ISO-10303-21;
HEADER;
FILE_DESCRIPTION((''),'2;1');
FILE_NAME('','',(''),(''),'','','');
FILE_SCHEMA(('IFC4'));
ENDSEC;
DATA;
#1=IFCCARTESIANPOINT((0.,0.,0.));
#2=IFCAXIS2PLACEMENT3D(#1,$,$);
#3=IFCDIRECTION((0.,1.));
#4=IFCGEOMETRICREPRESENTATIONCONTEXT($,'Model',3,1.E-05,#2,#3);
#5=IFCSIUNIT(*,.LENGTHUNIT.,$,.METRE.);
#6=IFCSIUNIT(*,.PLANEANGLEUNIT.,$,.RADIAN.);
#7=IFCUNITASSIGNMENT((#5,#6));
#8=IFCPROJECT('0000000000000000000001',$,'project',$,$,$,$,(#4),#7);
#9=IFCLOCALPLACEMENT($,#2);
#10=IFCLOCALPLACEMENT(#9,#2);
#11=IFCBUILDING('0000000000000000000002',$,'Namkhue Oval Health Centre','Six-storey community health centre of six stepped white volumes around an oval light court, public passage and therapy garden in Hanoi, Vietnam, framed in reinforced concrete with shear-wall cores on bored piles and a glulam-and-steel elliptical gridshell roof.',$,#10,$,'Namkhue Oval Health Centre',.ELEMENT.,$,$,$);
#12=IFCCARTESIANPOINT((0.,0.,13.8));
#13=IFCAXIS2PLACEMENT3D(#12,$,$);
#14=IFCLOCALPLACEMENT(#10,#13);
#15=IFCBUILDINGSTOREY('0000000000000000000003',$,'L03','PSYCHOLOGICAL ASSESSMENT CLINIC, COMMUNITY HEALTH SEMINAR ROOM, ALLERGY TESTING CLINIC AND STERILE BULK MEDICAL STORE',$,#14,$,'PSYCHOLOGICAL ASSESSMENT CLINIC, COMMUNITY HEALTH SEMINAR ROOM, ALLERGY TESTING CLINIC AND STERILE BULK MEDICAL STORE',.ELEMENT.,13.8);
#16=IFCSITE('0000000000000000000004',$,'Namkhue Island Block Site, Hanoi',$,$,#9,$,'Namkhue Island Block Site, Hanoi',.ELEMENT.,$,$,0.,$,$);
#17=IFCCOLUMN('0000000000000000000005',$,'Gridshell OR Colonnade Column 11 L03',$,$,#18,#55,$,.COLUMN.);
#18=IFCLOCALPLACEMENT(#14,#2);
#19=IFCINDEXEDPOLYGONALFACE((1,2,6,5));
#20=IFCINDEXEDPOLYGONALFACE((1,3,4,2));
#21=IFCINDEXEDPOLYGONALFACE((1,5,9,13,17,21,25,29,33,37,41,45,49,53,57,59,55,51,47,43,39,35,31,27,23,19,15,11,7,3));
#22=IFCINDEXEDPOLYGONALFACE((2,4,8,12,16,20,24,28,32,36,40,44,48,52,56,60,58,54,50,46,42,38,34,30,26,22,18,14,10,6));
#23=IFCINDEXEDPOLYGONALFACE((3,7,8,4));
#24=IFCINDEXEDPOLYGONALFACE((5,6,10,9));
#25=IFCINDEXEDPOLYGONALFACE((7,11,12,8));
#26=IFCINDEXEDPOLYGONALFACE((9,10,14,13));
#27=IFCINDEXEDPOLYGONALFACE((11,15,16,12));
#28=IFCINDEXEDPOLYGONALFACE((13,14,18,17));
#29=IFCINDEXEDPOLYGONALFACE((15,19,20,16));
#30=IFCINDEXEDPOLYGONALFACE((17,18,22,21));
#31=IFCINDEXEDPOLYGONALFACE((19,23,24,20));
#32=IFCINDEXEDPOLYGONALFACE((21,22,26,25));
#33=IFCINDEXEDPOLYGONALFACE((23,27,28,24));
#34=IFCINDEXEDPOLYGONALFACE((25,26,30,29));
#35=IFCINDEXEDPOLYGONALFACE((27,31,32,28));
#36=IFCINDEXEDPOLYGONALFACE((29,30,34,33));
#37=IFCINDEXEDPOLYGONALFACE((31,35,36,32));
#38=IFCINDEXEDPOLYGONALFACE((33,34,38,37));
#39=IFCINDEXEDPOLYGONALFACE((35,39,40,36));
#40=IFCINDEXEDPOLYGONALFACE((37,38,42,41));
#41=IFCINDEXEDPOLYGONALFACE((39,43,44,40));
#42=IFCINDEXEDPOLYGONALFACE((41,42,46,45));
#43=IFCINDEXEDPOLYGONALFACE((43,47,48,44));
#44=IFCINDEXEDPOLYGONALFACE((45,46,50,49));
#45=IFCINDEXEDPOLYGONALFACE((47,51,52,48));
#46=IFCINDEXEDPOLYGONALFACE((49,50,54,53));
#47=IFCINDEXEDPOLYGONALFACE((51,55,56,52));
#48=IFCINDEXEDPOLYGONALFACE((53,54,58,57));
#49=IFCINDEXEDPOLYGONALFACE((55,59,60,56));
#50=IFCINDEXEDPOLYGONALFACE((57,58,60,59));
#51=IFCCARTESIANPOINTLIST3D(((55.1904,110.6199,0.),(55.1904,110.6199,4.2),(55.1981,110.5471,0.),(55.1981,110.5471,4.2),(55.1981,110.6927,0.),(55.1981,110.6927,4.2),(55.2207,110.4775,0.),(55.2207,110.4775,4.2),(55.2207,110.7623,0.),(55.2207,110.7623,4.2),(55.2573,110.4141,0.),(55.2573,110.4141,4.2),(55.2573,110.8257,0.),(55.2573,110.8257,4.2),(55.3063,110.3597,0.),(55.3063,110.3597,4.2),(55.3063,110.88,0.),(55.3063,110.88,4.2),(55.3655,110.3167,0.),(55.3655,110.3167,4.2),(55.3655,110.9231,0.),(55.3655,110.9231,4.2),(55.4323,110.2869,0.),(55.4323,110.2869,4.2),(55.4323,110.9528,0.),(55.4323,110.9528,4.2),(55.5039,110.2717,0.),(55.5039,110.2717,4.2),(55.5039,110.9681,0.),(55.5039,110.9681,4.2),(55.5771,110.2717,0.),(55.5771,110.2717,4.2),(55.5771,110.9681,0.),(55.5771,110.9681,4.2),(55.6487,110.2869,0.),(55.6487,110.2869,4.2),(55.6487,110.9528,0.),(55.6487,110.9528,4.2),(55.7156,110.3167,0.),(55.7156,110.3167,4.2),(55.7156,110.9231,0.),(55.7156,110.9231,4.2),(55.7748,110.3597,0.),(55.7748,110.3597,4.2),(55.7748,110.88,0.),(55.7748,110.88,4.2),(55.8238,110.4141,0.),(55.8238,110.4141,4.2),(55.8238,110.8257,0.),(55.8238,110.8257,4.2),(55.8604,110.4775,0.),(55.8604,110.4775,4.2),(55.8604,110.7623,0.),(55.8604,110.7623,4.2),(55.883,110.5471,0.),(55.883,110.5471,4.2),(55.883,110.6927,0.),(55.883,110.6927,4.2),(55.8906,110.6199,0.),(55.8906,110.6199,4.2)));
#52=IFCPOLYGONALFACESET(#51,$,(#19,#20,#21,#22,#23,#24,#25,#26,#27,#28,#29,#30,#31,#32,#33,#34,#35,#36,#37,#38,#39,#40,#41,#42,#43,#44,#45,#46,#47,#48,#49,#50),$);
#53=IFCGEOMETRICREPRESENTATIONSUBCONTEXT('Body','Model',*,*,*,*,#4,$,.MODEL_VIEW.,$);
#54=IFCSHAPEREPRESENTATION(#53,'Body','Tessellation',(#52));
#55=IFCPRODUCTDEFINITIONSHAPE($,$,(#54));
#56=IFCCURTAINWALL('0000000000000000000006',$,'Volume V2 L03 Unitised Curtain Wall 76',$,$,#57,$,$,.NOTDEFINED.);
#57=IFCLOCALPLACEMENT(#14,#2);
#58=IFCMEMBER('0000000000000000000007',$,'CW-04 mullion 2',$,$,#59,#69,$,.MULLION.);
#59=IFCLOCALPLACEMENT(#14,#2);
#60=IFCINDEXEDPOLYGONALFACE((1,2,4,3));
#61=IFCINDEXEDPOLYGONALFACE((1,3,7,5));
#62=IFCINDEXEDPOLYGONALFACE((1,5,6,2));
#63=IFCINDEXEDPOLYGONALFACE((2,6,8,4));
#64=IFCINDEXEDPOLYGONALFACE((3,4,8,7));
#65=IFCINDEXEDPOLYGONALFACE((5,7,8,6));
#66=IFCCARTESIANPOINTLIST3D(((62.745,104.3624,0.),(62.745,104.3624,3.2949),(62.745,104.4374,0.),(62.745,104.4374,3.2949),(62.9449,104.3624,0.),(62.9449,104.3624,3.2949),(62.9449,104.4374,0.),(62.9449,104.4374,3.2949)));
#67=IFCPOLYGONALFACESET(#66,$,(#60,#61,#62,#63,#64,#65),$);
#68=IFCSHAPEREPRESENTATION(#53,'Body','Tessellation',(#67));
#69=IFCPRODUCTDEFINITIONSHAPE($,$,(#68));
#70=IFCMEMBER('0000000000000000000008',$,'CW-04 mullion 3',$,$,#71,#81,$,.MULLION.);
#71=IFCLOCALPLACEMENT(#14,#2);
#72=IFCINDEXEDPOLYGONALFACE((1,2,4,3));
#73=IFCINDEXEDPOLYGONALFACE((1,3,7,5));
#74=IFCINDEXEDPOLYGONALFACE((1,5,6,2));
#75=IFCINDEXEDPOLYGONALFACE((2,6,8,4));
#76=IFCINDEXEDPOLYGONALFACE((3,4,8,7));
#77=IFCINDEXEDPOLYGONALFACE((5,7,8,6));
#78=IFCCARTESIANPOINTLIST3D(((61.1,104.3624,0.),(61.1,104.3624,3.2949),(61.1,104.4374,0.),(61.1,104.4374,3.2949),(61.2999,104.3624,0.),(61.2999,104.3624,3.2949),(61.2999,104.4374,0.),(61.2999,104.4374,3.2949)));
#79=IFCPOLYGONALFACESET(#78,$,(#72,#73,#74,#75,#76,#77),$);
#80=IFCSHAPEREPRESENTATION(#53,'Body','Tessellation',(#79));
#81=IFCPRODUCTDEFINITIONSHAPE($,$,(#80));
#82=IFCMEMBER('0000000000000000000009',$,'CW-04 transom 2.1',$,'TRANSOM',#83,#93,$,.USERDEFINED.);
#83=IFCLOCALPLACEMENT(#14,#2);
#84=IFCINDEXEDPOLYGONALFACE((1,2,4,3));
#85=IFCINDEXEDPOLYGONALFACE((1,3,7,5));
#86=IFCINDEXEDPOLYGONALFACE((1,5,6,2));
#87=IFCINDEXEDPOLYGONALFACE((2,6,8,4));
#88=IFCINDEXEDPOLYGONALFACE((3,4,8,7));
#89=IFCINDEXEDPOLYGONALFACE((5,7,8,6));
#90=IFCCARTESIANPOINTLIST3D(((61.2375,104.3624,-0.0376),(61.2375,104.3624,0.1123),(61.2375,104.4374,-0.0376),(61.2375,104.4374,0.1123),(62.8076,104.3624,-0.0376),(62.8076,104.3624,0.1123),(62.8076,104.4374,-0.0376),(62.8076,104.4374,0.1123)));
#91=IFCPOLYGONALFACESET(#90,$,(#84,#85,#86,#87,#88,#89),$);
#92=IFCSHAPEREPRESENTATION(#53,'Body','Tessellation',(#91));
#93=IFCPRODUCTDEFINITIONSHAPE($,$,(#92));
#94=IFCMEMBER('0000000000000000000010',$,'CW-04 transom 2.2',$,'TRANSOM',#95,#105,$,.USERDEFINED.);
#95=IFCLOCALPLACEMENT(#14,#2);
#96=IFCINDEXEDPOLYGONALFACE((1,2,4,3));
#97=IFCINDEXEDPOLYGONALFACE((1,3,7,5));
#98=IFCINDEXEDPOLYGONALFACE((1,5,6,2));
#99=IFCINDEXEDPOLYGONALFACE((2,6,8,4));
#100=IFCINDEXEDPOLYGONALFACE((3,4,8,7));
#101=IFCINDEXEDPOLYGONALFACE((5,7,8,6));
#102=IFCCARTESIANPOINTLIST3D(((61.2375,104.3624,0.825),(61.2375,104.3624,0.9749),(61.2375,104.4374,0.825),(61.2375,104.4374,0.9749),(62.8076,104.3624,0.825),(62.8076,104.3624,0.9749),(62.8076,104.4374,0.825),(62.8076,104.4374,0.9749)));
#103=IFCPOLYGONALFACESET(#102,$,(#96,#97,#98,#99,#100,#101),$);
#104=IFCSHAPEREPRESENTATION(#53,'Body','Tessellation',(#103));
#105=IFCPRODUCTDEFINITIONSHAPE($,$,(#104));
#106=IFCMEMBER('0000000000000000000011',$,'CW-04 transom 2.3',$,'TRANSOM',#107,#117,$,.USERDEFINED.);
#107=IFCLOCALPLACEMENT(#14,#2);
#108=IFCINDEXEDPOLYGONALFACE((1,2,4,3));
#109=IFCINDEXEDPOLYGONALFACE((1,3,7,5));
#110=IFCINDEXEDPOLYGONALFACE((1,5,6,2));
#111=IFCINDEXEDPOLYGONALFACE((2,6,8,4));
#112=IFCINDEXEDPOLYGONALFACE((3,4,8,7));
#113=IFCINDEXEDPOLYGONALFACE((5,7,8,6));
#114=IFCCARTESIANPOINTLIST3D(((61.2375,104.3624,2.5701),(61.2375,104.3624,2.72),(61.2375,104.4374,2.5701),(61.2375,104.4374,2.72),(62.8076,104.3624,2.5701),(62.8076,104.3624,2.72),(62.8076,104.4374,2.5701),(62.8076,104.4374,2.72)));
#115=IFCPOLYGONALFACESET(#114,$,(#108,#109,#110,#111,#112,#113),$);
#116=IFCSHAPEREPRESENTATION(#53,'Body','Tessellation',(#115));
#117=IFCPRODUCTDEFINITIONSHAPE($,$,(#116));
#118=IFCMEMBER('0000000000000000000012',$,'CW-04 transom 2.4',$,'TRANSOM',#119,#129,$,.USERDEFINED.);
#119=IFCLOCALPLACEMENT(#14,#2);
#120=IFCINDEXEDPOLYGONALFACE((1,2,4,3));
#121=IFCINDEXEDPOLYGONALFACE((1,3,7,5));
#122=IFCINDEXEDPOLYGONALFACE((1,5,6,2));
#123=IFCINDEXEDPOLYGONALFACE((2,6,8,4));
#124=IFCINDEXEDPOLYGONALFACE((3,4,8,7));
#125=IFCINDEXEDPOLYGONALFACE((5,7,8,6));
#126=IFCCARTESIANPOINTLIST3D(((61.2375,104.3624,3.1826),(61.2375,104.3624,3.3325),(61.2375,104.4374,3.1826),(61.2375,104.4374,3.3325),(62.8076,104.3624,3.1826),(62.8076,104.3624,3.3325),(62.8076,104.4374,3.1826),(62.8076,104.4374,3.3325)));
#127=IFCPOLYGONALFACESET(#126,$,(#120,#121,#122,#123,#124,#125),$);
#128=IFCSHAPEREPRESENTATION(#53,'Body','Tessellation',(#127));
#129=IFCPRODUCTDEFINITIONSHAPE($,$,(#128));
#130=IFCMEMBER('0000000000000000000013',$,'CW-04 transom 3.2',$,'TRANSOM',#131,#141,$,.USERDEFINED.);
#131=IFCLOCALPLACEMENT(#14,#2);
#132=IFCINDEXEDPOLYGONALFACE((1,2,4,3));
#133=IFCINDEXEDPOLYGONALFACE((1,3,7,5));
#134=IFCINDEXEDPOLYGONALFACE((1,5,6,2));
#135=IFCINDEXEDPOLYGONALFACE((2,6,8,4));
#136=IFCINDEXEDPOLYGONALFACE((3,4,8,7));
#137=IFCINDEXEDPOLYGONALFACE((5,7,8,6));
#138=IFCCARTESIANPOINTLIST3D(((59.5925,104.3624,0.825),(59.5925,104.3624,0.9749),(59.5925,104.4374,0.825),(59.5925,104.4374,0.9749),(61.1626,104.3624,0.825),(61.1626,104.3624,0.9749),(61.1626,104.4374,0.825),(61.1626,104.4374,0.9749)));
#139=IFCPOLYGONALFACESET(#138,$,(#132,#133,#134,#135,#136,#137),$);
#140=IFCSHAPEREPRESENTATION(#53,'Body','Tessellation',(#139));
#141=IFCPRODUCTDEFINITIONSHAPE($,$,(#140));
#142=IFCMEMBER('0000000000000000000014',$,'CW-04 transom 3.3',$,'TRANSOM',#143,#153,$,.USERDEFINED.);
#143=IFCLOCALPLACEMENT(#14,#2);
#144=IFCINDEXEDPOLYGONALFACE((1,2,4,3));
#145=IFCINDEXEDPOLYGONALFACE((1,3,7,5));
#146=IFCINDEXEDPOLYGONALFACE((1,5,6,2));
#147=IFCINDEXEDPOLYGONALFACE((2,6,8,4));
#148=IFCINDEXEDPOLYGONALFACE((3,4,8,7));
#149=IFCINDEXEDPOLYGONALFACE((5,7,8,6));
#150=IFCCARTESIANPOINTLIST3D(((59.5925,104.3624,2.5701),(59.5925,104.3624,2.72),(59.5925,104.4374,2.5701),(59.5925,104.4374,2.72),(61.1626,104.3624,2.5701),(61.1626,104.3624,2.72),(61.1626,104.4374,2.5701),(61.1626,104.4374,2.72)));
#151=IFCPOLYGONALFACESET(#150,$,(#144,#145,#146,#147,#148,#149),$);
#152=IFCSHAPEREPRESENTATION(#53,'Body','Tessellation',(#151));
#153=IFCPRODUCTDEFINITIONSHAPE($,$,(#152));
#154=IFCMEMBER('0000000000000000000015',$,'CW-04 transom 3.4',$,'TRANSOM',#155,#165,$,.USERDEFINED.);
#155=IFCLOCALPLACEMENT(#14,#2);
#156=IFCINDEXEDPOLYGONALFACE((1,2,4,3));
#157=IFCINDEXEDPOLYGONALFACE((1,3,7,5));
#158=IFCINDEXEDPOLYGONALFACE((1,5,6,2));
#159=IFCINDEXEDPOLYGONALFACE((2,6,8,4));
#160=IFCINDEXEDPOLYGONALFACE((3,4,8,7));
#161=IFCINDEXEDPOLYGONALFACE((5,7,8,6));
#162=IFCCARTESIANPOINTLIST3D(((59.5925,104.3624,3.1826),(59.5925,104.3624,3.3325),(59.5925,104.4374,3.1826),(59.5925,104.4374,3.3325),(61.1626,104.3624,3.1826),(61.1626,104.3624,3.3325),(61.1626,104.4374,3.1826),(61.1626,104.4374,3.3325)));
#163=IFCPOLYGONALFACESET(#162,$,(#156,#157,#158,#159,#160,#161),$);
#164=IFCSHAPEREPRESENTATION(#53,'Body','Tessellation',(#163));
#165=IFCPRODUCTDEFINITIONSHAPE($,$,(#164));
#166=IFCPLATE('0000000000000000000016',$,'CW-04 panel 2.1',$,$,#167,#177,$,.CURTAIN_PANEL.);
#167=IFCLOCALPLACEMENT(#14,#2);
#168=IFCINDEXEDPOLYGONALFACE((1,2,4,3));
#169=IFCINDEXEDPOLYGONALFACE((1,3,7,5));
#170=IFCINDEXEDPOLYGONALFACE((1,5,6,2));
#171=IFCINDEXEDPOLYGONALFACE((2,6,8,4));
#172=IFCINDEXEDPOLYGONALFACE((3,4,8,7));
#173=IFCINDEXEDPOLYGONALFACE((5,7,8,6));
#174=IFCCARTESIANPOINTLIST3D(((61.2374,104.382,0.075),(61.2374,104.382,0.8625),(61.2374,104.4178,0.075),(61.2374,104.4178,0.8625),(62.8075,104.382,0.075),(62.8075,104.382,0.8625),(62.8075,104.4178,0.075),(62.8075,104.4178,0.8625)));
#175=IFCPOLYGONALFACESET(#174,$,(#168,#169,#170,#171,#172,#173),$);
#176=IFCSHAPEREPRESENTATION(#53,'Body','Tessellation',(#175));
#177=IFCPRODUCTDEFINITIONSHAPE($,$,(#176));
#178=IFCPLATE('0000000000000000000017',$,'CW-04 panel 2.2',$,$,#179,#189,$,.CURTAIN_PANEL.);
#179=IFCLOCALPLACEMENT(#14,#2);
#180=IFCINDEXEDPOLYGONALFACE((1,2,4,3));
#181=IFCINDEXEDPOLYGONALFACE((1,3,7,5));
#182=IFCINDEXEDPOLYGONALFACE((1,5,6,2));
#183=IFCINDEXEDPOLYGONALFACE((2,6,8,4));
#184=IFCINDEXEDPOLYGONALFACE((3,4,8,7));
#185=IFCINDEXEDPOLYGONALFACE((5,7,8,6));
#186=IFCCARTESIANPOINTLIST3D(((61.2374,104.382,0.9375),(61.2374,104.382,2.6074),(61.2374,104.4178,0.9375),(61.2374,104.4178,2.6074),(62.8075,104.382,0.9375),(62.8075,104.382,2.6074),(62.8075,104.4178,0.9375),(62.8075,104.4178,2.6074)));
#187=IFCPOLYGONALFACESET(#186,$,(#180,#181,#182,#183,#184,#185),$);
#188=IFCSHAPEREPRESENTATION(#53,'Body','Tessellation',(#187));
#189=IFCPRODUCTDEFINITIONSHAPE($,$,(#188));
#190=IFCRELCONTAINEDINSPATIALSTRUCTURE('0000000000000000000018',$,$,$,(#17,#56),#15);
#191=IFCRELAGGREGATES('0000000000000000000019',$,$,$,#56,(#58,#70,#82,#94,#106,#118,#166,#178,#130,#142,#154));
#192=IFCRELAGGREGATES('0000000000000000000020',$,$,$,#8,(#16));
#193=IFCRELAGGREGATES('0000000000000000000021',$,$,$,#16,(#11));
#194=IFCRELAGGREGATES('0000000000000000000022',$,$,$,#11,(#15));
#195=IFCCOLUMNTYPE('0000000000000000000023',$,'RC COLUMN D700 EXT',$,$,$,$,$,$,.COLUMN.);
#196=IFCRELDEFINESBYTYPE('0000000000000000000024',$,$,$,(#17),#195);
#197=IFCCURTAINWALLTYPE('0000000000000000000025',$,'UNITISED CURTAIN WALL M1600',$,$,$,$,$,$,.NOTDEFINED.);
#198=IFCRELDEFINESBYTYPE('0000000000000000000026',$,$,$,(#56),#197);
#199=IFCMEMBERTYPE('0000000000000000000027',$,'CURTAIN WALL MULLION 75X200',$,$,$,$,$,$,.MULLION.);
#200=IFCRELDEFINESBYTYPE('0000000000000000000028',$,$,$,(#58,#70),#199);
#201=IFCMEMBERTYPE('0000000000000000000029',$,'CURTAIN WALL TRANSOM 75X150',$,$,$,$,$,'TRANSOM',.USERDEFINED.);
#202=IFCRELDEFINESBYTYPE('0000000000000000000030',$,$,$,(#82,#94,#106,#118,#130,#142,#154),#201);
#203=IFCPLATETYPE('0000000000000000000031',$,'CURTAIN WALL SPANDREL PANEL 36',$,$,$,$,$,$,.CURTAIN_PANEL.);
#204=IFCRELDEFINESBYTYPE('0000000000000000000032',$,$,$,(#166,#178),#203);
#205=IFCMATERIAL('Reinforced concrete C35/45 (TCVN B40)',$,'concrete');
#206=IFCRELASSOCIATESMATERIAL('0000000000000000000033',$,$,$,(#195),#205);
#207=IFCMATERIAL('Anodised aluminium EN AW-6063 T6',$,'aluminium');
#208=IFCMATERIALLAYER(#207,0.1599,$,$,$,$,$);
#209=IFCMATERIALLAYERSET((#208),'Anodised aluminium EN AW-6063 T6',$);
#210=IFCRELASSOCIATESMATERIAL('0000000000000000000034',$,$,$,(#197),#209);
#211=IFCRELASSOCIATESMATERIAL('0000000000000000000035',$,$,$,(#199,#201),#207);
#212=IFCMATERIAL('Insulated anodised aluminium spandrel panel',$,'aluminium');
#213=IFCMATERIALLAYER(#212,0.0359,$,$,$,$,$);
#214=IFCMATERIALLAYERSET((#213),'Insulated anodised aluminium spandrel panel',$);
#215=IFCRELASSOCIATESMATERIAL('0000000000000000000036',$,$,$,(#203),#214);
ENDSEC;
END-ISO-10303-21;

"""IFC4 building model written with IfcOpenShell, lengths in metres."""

from ifc_helpers import new_model, si_unit, direction, frame, origin, origin_2d, place, context, subcontext, project, spatial, rectangle, circle, extrude, material, layer, layer_set, material_profile, profile_set, type_object, element, aggregate, save


model = new_model("IFC4")

# Units and contexts
model_context = context("Model", 3, precision=1e-05, world=origin(), true_north=direction((0.0, 1.0)))
body_context = subcontext(model_context, "Body", "Model", "MODEL_VIEW")
ifc_project = project(units=[si_unit("LENGTHUNIT", "METRE"), si_unit("PLANEANGLEUNIT", "RADIAN")], contexts=[model_context])

# Site, building, storey
site_placement = place(None, origin())
site = spatial("IfcSite", under=ifc_project, at=site_placement, Name="Namkhue Island Block Site, Hanoi", LongName="Namkhue Island Block Site, Hanoi", CompositionType="ELEMENT", RefElevation=0.0)
building_placement = place(site_placement, origin())
building = spatial("IfcBuilding", under=site, at=building_placement, Name="Namkhue Oval Health Centre", Description="Six-storey community health centre of six stepped white volumes around an oval light court, public passage and therapy garden in Hanoi, Vietnam, framed in reinforced concrete with shear-wall cores on bored piles and a glulam-and-steel elliptical gridshell roof.", LongName="Namkhue Oval Health Centre", CompositionType="ELEMENT")
storey_placement = place(building_placement, frame((0.0, 0.0, 13.8)))
storey = spatial("IfcBuildingStorey", under=building, at=storey_placement, Name="L03", Description="PSYCHOLOGICAL ASSESSMENT CLINIC, COMMUNITY HEALTH SEMINAR ROOM, ALLERGY TESTING CLINIC AND STERILE BULK MEDICAL STORE", LongName="PSYCHOLOGICAL ASSESSMENT CLINIC, COMMUNITY HEALTH SEMINAR ROOM, ALLERGY TESTING CLINIC AND STERILE BULK MEDICAL STORE", CompositionType="ELEMENT", Elevation=13.8)

# Column
ifc_material_1 = material(Name="Reinforced concrete C35/45 (TCVN B40)", Category="concrete")
ifc_material_profile_1 = material_profile(ifc_material_1, circle(Radius=0.3501, at=origin_2d()), Name="RC D700")
ifc_profile_set_1 = profile_set([ifc_material_profile_1], Name="Reinforced concrete C35/45 (TCVN B40)")
column_type = type_object("IfcColumnType", Name="RC COLUMN D700 EXT", PredefinedType="COLUMN", material=ifc_profile_set_1)
column_placement = place(storey_placement, frame((55.5405, 110.6199, 0.0), z_axis=(0.0, 0.0, 1.0), x_axis=(1.0, 0.0, 0.0)))
element("IfcColumn", 1, at=column_placement, inside=storey, type_object=column_type, Name="Gridshell OR Colonnade Column 11 L03", PredefinedType="COLUMN", context=body_context, shape_type="SweptSolid", body=[
    extrude(circle(Radius=0.3501, at=origin_2d()), origin(), (0.0, 0.0, 1.0), 4.2),
])

# Curtain wall, members, plates
ifc_material_2 = material(Name="Anodised aluminium EN AW-6063 T6", Category="aluminium")
ifc_layer_1 = layer(ifc_material_2, 0.1599)
ifc_layer_set_1 = layer_set([ifc_layer_1], Name="Anodised aluminium EN AW-6063 T6")
curtain_wall_type = type_object("IfcCurtainWallType", Name="UNITISED CURTAIN WALL M1600", PredefinedType="NOTDEFINED", material=ifc_layer_set_1)
curtain_wall_placement = place(storey_placement, origin())
curtain_wall = element("IfcCurtainWall", 2, at=curtain_wall_placement, inside=storey, type_object=curtain_wall_type, Name="Volume V2 L03 Unitised Curtain Wall 76", PredefinedType="NOTDEFINED")
ifc_material_profile_2 = material_profile(ifc_material_2, rectangle(XDim=0.075, YDim=0.2, at=origin_2d()), Name="ALU 75x200")
ifc_profile_set_2 = profile_set([ifc_material_profile_2], Name="Anodised aluminium EN AW-6063 T6")
member_type_1 = type_object("IfcMemberType", Name="CURTAIN WALL MULLION 75X200", PredefinedType="MULLION", material=ifc_profile_set_2)
member_1_placement = place(storey_placement, frame((62.845, 104.3999, 0.0), z_axis=(0.0, 0.0, 1.0), x_axis=(0.0, -1.0, 0.0)))
member_1 = element("IfcMember", 3, at=member_1_placement, type_object=member_type_1, Name="CW-04 mullion 2", PredefinedType="MULLION", context=body_context, shape_type="SweptSolid", body=[
    extrude(rectangle(XDim=0.075, YDim=0.2, at=origin_2d()), origin(), (0.0, 0.0, 1.0), 3.2949),
])
member_2_placement = place(storey_placement, frame((61.2, 104.3999, 0.0), z_axis=(0.0, 0.0, 1.0), x_axis=(0.0, -1.0, 0.0)))
member_2 = element("IfcMember", 4, at=member_2_placement, type_object=member_type_1, Name="CW-04 mullion 3", PredefinedType="MULLION", context=body_context, shape_type="SweptSolid", body=[
    extrude(rectangle(XDim=0.075, YDim=0.2, at=origin_2d()), origin(), (0.0, 0.0, 1.0), 3.2949),
])
ifc_material_profile_3 = material_profile(ifc_material_2, rectangle(XDim=0.075, YDim=0.1499, at=origin_2d()), Name="ALU 75x150")
ifc_profile_set_3 = profile_set([ifc_material_profile_3], Name="Anodised aluminium EN AW-6063 T6")
member_type_2 = type_object("IfcMemberType", Name="CURTAIN WALL TRANSOM 75X150", ElementType="TRANSOM", PredefinedType="USERDEFINED", material=ifc_profile_set_3)
member_3_placement = place(storey_placement, frame((62.8076, 104.3999, 0.0374), z_axis=(-1.0, 0.0, 0.0), x_axis=(0.0, -1.0, 0.0)))
member_3 = element("IfcMember", 5, at=member_3_placement, type_object=member_type_2, Name="CW-04 transom 2.1", ObjectType="TRANSOM", PredefinedType="USERDEFINED", context=body_context, shape_type="SweptSolid", body=[
    extrude(rectangle(XDim=0.075, YDim=0.1499, at=origin_2d()), origin(), (0.0, 0.0, 1.0), 1.5701),
])
member_4_placement = place(storey_placement, frame((62.8076, 104.3999, 0.8999), z_axis=(-1.0, 0.0, 0.0), x_axis=(0.0, -1.0, 0.0)))
member_4 = element("IfcMember", 6, at=member_4_placement, type_object=member_type_2, Name="CW-04 transom 2.2", ObjectType="TRANSOM", PredefinedType="USERDEFINED", context=body_context, shape_type="SweptSolid", body=[
    extrude(rectangle(XDim=0.075, YDim=0.1499, at=origin_2d()), origin(), (0.0, 0.0, 1.0), 1.5701),
])
member_5_placement = place(storey_placement, frame((62.8076, 104.3999, 2.645), z_axis=(-1.0, 0.0, 0.0), x_axis=(0.0, -1.0, 0.0)))
member_5 = element("IfcMember", 7, at=member_5_placement, type_object=member_type_2, Name="CW-04 transom 2.3", ObjectType="TRANSOM", PredefinedType="USERDEFINED", context=body_context, shape_type="SweptSolid", body=[
    extrude(rectangle(XDim=0.075, YDim=0.1499, at=origin_2d()), origin(), (0.0, 0.0, 1.0), 1.5701),
])
member_6_placement = place(storey_placement, frame((62.8076, 104.3999, 3.2576), z_axis=(-1.0, 0.0, 0.0), x_axis=(0.0, -1.0, 0.0)))
member_6 = element("IfcMember", 8, at=member_6_placement, type_object=member_type_2, Name="CW-04 transom 2.4", ObjectType="TRANSOM", PredefinedType="USERDEFINED", context=body_context, shape_type="SweptSolid", body=[
    extrude(rectangle(XDim=0.075, YDim=0.1499, at=origin_2d()), origin(), (0.0, 0.0, 1.0), 1.5701),
])
member_7_placement = place(storey_placement, frame((61.1626, 104.3999, 0.8999), z_axis=(-1.0, 0.0, 0.0), x_axis=(0.0, -1.0, 0.0)))
member_7 = element("IfcMember", 9, at=member_7_placement, type_object=member_type_2, Name="CW-04 transom 3.2", ObjectType="TRANSOM", PredefinedType="USERDEFINED", context=body_context, shape_type="SweptSolid", body=[
    extrude(rectangle(XDim=0.075, YDim=0.1499, at=origin_2d()), origin(), (0.0, 0.0, 1.0), 1.5701),
])
member_8_placement = place(storey_placement, frame((61.1626, 104.3999, 2.645), z_axis=(-1.0, 0.0, 0.0), x_axis=(0.0, -1.0, 0.0)))
member_8 = element("IfcMember", 10, at=member_8_placement, type_object=member_type_2, Name="CW-04 transom 3.3", ObjectType="TRANSOM", PredefinedType="USERDEFINED", context=body_context, shape_type="SweptSolid", body=[
    extrude(rectangle(XDim=0.075, YDim=0.1499, at=origin_2d()), origin(), (0.0, 0.0, 1.0), 1.5701),
])
member_9_placement = place(storey_placement, frame((61.1626, 104.3999, 3.2576), z_axis=(-1.0, 0.0, 0.0), x_axis=(0.0, -1.0, 0.0)))
member_9 = element("IfcMember", 11, at=member_9_placement, type_object=member_type_2, Name="CW-04 transom 3.4", ObjectType="TRANSOM", PredefinedType="USERDEFINED", context=body_context, shape_type="SweptSolid", body=[
    extrude(rectangle(XDim=0.075, YDim=0.1499, at=origin_2d()), origin(), (0.0, 0.0, 1.0), 1.5701),
])
ifc_material_3 = material(Name="Insulated anodised aluminium spandrel panel", Category="aluminium")
ifc_layer_2 = layer(ifc_material_3, 0.0359)
ifc_layer_set_2 = layer_set([ifc_layer_2], Name="Insulated anodised aluminium spandrel panel")
plate_type = type_object("IfcPlateType", Name="CURTAIN WALL SPANDREL PANEL 36", PredefinedType="CURTAIN_PANEL", material=ifc_layer_set_2)
plate_1_placement = place(storey_placement, frame((62.0225, 104.3999, 0.075), z_axis=(0.0, 0.0, 1.0), x_axis=(-1.0, 0.0, 0.0)))
plate_1 = element("IfcPlate", 12, at=plate_1_placement, type_object=plate_type, Name="CW-04 panel 2.1", PredefinedType="CURTAIN_PANEL", context=body_context, shape_type="SweptSolid", body=[
    extrude(rectangle(XDim=1.5701, YDim=0.0359, at=origin_2d()), origin(), (0.0, 0.0, 1.0), 0.7876),
])
plate_2_placement = place(storey_placement, frame((62.0225, 104.3999, 0.9375), z_axis=(0.0, 0.0, 1.0), x_axis=(-1.0, 0.0, 0.0)))
plate_2 = element("IfcPlate", 13, at=plate_2_placement, type_object=plate_type, Name="CW-04 panel 2.2", PredefinedType="CURTAIN_PANEL", context=body_context, shape_type="SweptSolid", body=[
    extrude(rectangle(XDim=1.5701, YDim=0.0359, at=origin_2d()), origin(), (0.0, 0.0, 1.0), 1.6699),
])
aggregate(curtain_wall, [member_1, member_2, member_3, member_4, member_5, member_6, plate_1, plate_2, member_7, member_8, member_9])

save(model, "model.ifc")
